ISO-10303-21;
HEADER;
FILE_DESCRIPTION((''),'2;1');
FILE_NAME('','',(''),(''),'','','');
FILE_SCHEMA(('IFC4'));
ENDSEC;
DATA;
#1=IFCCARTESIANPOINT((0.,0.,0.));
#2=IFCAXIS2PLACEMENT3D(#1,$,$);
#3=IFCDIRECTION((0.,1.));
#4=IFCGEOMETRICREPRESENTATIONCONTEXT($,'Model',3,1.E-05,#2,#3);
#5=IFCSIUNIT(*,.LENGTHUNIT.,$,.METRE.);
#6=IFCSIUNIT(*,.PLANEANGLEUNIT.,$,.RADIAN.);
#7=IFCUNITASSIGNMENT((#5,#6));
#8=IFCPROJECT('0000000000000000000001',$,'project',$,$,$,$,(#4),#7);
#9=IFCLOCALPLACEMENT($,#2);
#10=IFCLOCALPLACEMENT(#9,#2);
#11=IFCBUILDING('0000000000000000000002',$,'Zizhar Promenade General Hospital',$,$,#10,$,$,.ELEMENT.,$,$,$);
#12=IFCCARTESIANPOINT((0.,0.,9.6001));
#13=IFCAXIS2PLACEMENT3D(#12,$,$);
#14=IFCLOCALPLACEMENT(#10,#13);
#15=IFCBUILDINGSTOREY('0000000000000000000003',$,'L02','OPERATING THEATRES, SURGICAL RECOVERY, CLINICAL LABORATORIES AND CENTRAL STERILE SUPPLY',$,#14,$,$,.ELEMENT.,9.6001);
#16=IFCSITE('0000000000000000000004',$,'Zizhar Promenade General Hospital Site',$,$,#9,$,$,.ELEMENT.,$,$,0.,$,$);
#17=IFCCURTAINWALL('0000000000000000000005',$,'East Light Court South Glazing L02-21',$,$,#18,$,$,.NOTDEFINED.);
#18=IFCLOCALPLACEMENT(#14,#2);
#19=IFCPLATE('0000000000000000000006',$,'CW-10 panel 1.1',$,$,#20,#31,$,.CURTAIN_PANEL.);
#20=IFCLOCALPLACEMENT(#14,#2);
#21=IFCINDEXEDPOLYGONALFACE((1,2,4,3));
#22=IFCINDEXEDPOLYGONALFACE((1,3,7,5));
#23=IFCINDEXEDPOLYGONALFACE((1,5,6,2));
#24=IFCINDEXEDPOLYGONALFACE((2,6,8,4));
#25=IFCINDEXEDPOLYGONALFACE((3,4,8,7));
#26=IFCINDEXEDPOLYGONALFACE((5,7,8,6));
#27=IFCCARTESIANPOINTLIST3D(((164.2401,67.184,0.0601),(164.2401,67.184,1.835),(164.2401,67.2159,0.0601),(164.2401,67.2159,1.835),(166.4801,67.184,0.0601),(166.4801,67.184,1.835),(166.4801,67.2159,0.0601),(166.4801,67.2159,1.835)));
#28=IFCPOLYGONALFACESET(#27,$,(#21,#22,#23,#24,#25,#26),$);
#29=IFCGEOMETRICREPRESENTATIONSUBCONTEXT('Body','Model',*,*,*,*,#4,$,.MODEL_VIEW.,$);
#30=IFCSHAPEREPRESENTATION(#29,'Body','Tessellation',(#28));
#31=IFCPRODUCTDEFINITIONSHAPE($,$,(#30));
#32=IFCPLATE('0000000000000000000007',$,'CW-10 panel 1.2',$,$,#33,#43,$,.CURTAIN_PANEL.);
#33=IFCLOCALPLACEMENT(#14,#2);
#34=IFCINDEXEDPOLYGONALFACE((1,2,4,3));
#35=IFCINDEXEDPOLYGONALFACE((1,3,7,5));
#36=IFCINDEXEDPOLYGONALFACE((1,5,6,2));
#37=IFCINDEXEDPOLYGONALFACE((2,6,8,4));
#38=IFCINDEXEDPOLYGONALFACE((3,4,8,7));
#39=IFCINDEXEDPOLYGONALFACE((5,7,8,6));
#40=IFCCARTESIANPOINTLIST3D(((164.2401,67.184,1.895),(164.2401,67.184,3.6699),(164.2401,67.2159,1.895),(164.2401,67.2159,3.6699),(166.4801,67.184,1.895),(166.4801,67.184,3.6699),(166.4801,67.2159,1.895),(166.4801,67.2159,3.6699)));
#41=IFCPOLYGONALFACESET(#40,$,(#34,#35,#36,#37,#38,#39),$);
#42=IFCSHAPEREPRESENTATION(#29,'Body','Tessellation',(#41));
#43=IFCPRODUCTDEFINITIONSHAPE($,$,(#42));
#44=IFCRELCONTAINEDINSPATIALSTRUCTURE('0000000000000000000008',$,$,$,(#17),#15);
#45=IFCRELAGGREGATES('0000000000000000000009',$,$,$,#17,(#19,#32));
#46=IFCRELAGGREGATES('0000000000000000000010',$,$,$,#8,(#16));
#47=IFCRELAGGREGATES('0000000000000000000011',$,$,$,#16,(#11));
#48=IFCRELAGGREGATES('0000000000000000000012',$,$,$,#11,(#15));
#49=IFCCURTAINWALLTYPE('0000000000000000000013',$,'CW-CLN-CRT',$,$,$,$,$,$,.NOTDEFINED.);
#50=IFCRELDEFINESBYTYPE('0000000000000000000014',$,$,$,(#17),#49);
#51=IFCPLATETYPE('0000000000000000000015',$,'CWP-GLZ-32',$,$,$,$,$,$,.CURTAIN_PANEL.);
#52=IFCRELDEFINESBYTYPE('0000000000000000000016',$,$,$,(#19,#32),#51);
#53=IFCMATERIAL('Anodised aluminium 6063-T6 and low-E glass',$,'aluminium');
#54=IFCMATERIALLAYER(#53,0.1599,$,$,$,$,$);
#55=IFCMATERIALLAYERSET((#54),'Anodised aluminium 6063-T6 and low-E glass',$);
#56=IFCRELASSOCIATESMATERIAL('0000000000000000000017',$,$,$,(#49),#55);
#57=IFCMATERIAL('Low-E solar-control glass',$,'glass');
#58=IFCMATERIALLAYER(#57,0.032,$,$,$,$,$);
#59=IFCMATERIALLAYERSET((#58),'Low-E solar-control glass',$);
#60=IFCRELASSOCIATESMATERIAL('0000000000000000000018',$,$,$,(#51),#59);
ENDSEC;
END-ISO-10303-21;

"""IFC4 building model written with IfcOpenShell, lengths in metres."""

from ifc_helpers import new_model, si_unit, direction, frame, origin, origin_2d, place, context, subcontext, project, spatial, rectangle, extrude, material, layer, layer_set, type_object, element, aggregate, save


model = new_model("IFC4")

# Units and contexts
model_context = context("Model", 3, precision=1e-05, world=origin(), true_north=direction((0.0, 1.0)))
body_context = subcontext(model_context, "Body", "Model", "MODEL_VIEW")
ifc_project = project(units=[si_unit("LENGTHUNIT", "METRE"), si_unit("PLANEANGLEUNIT", "RADIAN")], contexts=[model_context])

# Site, building, storey
site_placement = place(None, origin())
site = spatial("IfcSite", under=ifc_project, at=site_placement, Name="Zizhar Promenade General Hospital Site", CompositionType="ELEMENT", RefElevation=0.0)
building_placement = place(site_placement, origin())
building = spatial("IfcBuilding", under=site, at=building_placement, Name="Zizhar Promenade General Hospital", CompositionType="ELEMENT")
storey_placement = place(building_placement, frame((0.0, 0.0, 9.6001)))
storey = spatial("IfcBuildingStorey", under=building, at=storey_placement, Name="L02", Description="OPERATING THEATRES, SURGICAL RECOVERY, CLINICAL LABORATORIES AND CENTRAL STERILE SUPPLY", CompositionType="ELEMENT", Elevation=9.6001)

# Curtain wall
ifc_material_1 = material(Name="Anodised aluminium 6063-T6 and low-E glass", Category="aluminium")
ifc_layer_1 = layer(ifc_material_1, 0.1599)
ifc_layer_set_1 = layer_set([ifc_layer_1], Name="Anodised aluminium 6063-T6 and low-E glass")
curtain_wall_type = type_object("IfcCurtainWallType", Name="CW-CLN-CRT", PredefinedType="NOTDEFINED", material=ifc_layer_set_1)
curtain_wall_1_placement = place(storey_placement, origin())
curtain_wall_1 = element("IfcCurtainWall", 1, at=curtain_wall_1_placement, inside=storey, type_object=curtain_wall_type, Name="East Light Court South Glazing L02-21", PredefinedType="NOTDEFINED")

# Plates
ifc_material_2 = material(Name="Low-E solar-control glass", Category="glass")
ifc_layer_2 = layer(ifc_material_2, 0.032)
ifc_layer_set_2 = layer_set([ifc_layer_2], Name="Low-E solar-control glass")
plate_type = type_object("IfcPlateType", Name="CWP-GLZ-32", PredefinedType="CURTAIN_PANEL", material=ifc_layer_set_2)
plate_1_placement = place(storey_placement, frame((165.3601, 67.2, 0.0601), z_axis=(0.0, 0.0, 1.0), x_axis=(1.0, 0.0, 0.0)))
plate_1 = element("IfcPlate", 2, at=plate_1_placement, type_object=plate_type, Name="CW-10 panel 1.1", PredefinedType="CURTAIN_PANEL", context=body_context, shape_type="SweptSolid", body=[
    extrude(rectangle(XDim=2.24, YDim=0.032, at=origin_2d()), origin(), (0.0, 0.0, 1.0), 1.7749),
])
plate_2_placement = place(storey_placement, frame((165.3601, 67.2, 1.895), z_axis=(0.0, 0.0, 1.0), x_axis=(1.0, 0.0, 0.0)))
plate_2 = element("IfcPlate", 3, at=plate_2_placement, type_object=plate_type, Name="CW-10 panel 1.2", PredefinedType="CURTAIN_PANEL", context=body_context, shape_type="SweptSolid", body=[
    extrude(rectangle(XDim=2.24, YDim=0.032, at=origin_2d()), origin(), (0.0, 0.0, 1.0), 1.7749),
])
aggregate(curtain_wall_1, [plate_1, plate_2])

save(model, "model.ifc")
